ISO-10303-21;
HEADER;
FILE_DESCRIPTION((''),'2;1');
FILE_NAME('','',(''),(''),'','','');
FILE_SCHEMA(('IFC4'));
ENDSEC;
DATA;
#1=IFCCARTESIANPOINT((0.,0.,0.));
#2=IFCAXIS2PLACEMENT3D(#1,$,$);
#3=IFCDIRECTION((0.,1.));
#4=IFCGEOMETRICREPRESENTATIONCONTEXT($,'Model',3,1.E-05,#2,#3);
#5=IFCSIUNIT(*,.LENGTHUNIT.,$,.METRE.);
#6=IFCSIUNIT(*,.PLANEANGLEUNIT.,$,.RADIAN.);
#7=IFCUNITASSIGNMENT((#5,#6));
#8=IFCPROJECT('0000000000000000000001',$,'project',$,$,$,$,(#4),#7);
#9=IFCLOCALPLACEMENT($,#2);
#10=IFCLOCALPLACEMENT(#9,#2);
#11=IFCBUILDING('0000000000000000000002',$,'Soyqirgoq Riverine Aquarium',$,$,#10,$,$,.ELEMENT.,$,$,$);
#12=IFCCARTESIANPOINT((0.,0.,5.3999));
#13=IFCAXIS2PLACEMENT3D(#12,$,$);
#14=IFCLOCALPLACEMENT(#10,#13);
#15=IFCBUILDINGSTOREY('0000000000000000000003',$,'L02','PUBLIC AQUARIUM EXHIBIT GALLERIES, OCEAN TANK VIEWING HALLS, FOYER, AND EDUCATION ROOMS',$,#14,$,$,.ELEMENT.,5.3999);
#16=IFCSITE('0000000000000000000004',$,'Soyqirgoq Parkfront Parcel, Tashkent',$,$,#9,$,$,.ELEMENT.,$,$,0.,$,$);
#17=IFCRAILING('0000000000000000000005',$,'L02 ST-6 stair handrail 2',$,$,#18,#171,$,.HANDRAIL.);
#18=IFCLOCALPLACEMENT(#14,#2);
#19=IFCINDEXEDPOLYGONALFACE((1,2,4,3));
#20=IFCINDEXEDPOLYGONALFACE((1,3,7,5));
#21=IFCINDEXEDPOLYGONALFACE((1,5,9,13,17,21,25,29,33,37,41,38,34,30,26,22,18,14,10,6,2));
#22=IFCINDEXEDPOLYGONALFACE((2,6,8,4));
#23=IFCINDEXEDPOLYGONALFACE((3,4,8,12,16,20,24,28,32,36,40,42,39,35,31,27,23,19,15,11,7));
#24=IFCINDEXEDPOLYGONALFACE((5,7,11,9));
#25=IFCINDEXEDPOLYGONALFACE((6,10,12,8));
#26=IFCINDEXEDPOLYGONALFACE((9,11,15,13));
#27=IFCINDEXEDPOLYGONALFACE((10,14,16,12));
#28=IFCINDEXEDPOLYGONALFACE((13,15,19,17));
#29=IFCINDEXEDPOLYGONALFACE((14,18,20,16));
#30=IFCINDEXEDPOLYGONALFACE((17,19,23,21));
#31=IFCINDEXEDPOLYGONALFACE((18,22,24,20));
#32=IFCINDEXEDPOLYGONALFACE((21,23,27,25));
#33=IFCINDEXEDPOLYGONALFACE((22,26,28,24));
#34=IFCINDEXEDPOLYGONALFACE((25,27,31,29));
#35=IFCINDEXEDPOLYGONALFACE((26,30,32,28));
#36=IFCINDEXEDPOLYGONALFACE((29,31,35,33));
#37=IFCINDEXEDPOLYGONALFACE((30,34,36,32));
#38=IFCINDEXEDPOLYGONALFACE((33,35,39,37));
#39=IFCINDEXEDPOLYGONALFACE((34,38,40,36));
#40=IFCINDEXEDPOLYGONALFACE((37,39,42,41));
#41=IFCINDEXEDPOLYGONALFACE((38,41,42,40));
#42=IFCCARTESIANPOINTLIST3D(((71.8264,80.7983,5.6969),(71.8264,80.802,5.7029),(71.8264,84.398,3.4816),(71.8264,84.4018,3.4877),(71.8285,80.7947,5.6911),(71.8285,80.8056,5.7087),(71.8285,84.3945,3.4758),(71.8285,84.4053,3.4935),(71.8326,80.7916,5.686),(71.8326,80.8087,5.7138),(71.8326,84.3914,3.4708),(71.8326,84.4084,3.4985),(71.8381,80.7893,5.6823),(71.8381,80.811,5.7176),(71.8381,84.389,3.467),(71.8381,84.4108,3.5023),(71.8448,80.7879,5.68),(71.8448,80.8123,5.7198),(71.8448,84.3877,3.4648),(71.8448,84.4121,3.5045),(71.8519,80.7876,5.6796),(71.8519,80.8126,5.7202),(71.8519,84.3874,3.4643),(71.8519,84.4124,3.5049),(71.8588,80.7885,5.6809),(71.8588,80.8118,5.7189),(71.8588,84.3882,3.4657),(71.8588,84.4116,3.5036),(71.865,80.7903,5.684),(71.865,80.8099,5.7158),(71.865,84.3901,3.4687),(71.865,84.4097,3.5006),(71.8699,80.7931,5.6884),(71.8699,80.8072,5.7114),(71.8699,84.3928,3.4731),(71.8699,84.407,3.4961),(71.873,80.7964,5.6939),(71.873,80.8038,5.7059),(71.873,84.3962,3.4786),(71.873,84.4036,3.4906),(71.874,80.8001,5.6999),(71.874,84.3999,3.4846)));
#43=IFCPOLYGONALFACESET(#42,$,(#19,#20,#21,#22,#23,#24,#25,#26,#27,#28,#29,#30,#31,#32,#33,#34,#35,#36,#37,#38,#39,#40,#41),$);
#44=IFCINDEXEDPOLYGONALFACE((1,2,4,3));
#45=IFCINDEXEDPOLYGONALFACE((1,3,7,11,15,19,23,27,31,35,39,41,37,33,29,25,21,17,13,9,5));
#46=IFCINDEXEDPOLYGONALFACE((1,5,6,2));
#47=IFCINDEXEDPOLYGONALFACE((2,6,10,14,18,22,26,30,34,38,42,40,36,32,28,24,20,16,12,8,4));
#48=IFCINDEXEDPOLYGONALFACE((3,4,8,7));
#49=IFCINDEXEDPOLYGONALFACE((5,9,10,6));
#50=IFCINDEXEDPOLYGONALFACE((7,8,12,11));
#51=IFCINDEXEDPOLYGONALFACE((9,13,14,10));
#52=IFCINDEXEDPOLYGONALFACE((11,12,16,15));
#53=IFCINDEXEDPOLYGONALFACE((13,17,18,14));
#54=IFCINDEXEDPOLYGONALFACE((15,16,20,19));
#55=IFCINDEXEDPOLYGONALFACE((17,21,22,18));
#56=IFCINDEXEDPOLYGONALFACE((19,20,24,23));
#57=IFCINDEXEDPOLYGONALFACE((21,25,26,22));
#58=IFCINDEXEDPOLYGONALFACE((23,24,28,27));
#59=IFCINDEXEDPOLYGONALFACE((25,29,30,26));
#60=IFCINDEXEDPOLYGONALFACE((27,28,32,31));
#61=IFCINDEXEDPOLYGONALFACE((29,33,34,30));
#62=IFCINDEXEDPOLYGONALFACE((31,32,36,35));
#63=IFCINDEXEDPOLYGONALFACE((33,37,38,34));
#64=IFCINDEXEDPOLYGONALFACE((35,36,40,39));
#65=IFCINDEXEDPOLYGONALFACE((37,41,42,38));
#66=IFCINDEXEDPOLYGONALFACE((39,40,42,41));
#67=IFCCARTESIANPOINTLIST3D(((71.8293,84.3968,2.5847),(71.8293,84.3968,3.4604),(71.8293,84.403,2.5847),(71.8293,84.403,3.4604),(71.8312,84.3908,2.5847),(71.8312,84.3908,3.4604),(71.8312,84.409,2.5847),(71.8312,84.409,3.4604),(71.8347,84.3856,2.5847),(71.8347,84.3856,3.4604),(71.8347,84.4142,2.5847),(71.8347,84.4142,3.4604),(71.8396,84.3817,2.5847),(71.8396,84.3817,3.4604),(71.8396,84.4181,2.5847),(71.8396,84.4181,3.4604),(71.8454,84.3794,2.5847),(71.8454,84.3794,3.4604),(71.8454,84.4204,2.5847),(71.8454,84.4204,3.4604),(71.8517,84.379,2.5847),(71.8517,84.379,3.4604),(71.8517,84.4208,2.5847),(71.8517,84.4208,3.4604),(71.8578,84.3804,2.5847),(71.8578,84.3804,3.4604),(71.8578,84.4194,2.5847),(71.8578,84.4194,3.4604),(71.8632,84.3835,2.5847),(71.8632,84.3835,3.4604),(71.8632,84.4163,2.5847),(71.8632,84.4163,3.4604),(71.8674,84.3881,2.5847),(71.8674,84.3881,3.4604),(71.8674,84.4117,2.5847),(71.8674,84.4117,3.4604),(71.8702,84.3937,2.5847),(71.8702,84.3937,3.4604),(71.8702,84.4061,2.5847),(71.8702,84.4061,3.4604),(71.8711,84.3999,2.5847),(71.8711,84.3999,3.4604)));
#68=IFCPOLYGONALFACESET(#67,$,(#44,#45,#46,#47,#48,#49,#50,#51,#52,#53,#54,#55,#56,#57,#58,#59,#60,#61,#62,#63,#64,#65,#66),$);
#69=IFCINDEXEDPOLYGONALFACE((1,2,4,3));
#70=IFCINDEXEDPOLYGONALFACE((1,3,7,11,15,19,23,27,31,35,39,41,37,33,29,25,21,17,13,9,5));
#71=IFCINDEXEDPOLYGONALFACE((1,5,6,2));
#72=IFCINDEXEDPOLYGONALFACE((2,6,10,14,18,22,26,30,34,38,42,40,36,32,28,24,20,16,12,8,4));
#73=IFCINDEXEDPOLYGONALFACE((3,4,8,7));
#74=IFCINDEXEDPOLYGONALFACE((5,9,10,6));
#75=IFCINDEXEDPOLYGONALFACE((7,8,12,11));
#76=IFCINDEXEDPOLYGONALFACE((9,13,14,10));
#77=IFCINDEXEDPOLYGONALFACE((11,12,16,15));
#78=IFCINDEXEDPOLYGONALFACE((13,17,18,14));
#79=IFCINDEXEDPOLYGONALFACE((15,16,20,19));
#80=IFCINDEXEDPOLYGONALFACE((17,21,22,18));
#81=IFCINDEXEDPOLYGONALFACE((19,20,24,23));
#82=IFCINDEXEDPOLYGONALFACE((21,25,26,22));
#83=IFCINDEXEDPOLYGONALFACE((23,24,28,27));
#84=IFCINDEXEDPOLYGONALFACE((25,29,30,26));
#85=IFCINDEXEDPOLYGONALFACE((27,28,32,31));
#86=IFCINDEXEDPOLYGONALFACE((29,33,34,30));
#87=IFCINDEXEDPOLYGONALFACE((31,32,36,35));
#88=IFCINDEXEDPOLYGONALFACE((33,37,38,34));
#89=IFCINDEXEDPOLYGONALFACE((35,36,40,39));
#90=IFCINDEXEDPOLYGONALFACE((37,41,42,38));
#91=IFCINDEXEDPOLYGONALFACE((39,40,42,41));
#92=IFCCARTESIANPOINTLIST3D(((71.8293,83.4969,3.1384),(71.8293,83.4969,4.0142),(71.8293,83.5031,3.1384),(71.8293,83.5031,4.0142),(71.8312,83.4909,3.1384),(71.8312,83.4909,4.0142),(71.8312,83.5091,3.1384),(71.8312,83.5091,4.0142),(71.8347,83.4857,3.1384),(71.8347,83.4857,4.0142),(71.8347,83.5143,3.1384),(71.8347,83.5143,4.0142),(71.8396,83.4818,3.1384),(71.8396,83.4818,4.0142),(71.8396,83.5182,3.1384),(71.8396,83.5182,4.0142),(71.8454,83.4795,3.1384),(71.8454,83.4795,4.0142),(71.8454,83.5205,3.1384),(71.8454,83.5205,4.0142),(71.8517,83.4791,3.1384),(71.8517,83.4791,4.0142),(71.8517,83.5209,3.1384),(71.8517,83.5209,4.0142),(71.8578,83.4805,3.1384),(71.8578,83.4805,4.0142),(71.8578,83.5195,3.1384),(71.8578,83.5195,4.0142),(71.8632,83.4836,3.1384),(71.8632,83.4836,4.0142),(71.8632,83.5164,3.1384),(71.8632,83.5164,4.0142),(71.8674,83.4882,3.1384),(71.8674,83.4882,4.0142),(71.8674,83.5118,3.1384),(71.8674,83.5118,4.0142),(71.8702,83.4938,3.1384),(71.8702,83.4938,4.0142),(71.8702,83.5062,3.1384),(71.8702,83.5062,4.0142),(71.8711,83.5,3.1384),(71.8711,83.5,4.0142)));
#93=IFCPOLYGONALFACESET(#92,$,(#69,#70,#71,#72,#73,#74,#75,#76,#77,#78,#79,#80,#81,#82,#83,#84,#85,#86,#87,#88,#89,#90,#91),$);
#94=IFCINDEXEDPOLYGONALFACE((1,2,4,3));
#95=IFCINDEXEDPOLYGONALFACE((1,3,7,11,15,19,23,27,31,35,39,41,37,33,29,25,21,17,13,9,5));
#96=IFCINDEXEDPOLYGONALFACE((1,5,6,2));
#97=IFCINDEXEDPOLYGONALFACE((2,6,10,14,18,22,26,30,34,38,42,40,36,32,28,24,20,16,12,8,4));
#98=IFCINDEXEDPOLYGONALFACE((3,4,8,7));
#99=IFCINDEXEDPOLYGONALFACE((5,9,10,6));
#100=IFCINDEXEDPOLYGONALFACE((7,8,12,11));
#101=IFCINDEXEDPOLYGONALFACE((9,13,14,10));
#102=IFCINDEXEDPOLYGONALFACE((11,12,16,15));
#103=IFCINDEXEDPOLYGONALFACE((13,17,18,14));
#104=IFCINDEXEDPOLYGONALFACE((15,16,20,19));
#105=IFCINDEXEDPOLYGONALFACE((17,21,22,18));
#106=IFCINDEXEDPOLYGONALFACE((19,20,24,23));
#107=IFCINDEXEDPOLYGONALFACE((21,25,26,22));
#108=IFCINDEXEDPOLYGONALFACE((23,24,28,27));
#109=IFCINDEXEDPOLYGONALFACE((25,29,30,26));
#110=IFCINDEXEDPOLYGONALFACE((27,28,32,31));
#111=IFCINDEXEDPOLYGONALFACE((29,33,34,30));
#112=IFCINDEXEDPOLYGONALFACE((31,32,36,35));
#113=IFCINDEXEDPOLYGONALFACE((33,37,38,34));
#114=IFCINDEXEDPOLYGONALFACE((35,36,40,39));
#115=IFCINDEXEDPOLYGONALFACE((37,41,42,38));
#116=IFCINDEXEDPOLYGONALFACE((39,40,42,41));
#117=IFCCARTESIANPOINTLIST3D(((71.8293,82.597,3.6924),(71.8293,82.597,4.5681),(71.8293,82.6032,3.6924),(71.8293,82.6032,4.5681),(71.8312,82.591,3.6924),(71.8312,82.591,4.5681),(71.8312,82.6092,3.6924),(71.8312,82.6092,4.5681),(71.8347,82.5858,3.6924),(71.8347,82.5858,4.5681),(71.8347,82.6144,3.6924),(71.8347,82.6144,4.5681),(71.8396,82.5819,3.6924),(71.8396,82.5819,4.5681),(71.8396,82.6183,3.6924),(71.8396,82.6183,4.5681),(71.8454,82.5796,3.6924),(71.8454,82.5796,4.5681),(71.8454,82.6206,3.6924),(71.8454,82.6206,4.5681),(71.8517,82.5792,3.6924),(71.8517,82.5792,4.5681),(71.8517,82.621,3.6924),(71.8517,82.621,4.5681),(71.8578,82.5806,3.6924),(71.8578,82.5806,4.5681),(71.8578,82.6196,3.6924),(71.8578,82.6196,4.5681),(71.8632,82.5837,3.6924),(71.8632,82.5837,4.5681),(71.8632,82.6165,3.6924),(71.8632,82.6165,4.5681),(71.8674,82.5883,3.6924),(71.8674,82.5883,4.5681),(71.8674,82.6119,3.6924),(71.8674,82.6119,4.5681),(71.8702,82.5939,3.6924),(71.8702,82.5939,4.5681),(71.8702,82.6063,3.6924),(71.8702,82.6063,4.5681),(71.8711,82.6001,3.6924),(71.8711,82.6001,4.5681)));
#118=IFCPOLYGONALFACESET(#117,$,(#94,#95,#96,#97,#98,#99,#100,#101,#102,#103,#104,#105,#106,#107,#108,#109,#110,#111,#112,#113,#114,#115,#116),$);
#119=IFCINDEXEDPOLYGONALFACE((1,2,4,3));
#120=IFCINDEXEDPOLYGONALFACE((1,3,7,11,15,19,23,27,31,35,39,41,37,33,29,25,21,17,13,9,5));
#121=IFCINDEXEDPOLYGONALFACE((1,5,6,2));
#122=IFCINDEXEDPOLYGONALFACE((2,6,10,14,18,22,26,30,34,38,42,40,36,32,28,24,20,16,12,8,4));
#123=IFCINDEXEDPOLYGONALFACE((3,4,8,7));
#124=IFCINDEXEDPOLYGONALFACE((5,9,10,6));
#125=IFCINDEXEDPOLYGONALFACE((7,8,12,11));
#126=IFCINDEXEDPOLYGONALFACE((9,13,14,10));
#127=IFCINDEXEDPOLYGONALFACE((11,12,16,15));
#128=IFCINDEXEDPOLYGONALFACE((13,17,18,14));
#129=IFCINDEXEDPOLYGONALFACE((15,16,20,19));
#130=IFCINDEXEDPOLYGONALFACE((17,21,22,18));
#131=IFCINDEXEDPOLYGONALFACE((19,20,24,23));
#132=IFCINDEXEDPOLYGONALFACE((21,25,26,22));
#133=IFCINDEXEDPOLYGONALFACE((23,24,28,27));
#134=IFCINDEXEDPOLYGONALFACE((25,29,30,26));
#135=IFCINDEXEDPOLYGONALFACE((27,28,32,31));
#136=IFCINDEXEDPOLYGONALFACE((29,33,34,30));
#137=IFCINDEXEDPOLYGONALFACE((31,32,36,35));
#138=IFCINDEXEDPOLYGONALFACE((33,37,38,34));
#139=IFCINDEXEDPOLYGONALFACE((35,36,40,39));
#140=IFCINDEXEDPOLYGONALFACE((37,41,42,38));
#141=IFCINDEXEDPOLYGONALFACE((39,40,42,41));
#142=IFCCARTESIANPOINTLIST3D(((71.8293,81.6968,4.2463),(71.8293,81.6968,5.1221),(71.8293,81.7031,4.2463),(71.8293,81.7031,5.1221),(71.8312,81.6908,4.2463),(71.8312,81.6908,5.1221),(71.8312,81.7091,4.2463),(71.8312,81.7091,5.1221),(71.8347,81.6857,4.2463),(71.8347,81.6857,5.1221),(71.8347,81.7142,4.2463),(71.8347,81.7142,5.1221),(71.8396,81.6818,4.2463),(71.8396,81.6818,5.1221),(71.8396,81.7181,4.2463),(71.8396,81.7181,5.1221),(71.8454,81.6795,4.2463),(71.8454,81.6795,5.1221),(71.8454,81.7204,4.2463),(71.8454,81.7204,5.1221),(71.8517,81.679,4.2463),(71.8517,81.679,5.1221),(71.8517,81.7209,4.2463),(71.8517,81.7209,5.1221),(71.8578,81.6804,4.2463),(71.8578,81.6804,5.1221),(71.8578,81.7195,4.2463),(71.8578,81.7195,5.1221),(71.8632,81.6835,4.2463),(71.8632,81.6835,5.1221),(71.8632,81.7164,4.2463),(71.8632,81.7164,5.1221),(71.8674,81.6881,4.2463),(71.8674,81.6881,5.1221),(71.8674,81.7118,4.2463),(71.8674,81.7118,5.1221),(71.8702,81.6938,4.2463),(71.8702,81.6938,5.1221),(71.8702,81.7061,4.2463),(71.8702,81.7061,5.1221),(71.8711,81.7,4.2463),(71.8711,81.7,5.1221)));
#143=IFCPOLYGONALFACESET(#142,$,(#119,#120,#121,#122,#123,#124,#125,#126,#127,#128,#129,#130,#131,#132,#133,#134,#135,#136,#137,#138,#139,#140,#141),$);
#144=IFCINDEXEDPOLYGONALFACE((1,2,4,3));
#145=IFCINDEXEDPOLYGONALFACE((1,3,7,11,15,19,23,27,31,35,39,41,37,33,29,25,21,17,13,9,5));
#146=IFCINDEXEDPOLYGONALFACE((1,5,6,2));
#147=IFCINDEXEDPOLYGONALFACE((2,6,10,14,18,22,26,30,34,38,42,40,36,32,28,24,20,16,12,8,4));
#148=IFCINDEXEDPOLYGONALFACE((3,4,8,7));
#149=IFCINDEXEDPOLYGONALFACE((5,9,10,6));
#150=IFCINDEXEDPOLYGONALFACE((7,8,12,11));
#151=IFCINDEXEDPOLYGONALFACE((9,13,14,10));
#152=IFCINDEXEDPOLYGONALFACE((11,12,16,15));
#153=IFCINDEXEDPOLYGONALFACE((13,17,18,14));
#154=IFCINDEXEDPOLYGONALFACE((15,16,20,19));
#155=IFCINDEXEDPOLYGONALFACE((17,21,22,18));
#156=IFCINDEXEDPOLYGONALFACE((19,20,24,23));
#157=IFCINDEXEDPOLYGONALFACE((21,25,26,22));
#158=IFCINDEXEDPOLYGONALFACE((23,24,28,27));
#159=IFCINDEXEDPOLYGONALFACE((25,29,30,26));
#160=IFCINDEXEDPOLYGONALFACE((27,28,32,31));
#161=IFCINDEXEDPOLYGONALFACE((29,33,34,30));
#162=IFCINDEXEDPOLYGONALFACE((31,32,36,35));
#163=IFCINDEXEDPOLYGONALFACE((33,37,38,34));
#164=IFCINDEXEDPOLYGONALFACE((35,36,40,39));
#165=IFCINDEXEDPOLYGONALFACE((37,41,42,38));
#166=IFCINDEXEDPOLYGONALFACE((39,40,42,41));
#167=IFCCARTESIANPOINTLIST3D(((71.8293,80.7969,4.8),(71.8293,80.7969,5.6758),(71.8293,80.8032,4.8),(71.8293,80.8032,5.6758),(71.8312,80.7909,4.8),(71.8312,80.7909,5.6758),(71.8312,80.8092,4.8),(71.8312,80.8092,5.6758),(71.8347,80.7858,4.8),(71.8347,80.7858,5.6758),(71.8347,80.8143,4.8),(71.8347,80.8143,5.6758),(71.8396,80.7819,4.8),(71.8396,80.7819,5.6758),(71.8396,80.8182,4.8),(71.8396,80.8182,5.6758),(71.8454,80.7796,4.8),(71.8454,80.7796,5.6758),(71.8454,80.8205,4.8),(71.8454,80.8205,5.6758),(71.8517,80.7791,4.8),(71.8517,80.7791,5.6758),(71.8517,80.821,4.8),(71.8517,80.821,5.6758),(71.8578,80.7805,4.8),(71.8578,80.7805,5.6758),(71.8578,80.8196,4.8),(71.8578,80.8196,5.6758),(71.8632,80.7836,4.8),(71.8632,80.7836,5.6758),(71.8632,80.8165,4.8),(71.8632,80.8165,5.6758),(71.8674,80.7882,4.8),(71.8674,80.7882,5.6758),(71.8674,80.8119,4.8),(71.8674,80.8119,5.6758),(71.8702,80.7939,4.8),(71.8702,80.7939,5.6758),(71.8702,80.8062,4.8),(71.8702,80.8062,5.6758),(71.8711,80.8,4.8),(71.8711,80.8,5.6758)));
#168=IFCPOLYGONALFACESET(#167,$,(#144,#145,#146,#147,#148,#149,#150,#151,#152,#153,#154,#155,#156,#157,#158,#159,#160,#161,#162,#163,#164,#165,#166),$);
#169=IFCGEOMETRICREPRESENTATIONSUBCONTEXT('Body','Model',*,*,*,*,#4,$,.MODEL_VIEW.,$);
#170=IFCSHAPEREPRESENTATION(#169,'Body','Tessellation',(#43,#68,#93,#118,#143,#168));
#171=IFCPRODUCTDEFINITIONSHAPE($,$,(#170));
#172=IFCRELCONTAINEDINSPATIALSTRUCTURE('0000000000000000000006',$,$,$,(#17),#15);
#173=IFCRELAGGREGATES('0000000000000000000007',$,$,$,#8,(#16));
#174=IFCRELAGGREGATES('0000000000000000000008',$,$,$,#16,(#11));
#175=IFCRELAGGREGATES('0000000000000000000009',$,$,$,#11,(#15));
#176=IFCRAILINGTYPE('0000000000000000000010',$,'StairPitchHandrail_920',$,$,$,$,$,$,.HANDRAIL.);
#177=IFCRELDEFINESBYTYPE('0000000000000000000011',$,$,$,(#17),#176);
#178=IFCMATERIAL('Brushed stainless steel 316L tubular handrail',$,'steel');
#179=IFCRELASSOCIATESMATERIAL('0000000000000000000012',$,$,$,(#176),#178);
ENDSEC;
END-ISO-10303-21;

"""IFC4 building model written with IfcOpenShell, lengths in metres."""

from ifc_helpers import new_model, si_unit, direction, frame, origin, origin_2d, place, context, subcontext, project, spatial, circle, extrude, material, type_object, element, save


model = new_model("IFC4")

# Units and contexts
model_context = context("Model", 3, precision=1e-05, world=origin(), true_north=direction((0.0, 1.0)))
body_context = subcontext(model_context, "Body", "Model", "MODEL_VIEW")
ifc_project = project(units=[si_unit("LENGTHUNIT", "METRE"), si_unit("PLANEANGLEUNIT", "RADIAN")], contexts=[model_context])

# Site, building, storey
site_placement = place(None, origin())
site = spatial("IfcSite", under=ifc_project, at=site_placement, Name="Soyqirgoq Parkfront Parcel, Tashkent", CompositionType="ELEMENT", RefElevation=0.0)
building_placement = place(site_placement, origin())
building = spatial("IfcBuilding", under=site, at=building_placement, Name="Soyqirgoq Riverine Aquarium", CompositionType="ELEMENT")
storey_placement = place(building_placement, frame((0.0, 0.0, 5.3999)))
storey = spatial("IfcBuildingStorey", under=building, at=storey_placement, Name="L02", Description="PUBLIC AQUARIUM EXHIBIT GALLERIES, OCEAN TANK VIEWING HALLS, FOYER, AND EDUCATION ROOMS", CompositionType="ELEMENT", Elevation=5.3999)

# Railing
ifc_material_1 = material(Name="Brushed stainless steel 316L tubular handrail", Category="steel")
railing_type_1 = type_object("IfcRailingType", Name="StairPitchHandrail_920", PredefinedType="HANDRAIL", material=ifc_material_1)
railing_1_placement = place(storey_placement, frame((71.8501, 84.3999, 2.5847)))
element("IfcRailing", 1, at=railing_1_placement, inside=storey, type_object=railing_type_1, Name="L02 ST-6 stair handrail 2", PredefinedType="HANDRAIL", context=body_context, shape_type="SweptSolid", body=[
    extrude(circle(Radius=0.0239, at=origin_2d()), frame((0.0, 0.0, 0.8999), z_axis=(0.0, -0.851654, 0.524104), x_axis=(1.0, 0.0, 0.0)), (0.0, 0.0, 1.0), 4.2268),
    extrude(circle(Radius=0.021, at=origin_2d()), origin(), (0.0, 0.0, 1.0), 0.8757),
    extrude(circle(Radius=0.021, at=origin_2d()), frame((0.0, -0.8999, 0.5537)), (0.0, 0.0, 1.0), 0.8757),
    extrude(circle(Radius=0.021, at=origin_2d()), frame((0.0, -1.7998, 1.1077)), (0.0, 0.0, 1.0), 0.8757),
    extrude(circle(Radius=0.021, at=origin_2d()), frame((0.0, -2.7, 1.6616)), (0.0, 0.0, 1.0), 0.8757),
    extrude(circle(Radius=0.021, at=origin_2d()), frame((0.0, -3.5999, 2.2153)), (0.0, 0.0, 1.0), 0.8757),
])

save(model, "model.ifc")
